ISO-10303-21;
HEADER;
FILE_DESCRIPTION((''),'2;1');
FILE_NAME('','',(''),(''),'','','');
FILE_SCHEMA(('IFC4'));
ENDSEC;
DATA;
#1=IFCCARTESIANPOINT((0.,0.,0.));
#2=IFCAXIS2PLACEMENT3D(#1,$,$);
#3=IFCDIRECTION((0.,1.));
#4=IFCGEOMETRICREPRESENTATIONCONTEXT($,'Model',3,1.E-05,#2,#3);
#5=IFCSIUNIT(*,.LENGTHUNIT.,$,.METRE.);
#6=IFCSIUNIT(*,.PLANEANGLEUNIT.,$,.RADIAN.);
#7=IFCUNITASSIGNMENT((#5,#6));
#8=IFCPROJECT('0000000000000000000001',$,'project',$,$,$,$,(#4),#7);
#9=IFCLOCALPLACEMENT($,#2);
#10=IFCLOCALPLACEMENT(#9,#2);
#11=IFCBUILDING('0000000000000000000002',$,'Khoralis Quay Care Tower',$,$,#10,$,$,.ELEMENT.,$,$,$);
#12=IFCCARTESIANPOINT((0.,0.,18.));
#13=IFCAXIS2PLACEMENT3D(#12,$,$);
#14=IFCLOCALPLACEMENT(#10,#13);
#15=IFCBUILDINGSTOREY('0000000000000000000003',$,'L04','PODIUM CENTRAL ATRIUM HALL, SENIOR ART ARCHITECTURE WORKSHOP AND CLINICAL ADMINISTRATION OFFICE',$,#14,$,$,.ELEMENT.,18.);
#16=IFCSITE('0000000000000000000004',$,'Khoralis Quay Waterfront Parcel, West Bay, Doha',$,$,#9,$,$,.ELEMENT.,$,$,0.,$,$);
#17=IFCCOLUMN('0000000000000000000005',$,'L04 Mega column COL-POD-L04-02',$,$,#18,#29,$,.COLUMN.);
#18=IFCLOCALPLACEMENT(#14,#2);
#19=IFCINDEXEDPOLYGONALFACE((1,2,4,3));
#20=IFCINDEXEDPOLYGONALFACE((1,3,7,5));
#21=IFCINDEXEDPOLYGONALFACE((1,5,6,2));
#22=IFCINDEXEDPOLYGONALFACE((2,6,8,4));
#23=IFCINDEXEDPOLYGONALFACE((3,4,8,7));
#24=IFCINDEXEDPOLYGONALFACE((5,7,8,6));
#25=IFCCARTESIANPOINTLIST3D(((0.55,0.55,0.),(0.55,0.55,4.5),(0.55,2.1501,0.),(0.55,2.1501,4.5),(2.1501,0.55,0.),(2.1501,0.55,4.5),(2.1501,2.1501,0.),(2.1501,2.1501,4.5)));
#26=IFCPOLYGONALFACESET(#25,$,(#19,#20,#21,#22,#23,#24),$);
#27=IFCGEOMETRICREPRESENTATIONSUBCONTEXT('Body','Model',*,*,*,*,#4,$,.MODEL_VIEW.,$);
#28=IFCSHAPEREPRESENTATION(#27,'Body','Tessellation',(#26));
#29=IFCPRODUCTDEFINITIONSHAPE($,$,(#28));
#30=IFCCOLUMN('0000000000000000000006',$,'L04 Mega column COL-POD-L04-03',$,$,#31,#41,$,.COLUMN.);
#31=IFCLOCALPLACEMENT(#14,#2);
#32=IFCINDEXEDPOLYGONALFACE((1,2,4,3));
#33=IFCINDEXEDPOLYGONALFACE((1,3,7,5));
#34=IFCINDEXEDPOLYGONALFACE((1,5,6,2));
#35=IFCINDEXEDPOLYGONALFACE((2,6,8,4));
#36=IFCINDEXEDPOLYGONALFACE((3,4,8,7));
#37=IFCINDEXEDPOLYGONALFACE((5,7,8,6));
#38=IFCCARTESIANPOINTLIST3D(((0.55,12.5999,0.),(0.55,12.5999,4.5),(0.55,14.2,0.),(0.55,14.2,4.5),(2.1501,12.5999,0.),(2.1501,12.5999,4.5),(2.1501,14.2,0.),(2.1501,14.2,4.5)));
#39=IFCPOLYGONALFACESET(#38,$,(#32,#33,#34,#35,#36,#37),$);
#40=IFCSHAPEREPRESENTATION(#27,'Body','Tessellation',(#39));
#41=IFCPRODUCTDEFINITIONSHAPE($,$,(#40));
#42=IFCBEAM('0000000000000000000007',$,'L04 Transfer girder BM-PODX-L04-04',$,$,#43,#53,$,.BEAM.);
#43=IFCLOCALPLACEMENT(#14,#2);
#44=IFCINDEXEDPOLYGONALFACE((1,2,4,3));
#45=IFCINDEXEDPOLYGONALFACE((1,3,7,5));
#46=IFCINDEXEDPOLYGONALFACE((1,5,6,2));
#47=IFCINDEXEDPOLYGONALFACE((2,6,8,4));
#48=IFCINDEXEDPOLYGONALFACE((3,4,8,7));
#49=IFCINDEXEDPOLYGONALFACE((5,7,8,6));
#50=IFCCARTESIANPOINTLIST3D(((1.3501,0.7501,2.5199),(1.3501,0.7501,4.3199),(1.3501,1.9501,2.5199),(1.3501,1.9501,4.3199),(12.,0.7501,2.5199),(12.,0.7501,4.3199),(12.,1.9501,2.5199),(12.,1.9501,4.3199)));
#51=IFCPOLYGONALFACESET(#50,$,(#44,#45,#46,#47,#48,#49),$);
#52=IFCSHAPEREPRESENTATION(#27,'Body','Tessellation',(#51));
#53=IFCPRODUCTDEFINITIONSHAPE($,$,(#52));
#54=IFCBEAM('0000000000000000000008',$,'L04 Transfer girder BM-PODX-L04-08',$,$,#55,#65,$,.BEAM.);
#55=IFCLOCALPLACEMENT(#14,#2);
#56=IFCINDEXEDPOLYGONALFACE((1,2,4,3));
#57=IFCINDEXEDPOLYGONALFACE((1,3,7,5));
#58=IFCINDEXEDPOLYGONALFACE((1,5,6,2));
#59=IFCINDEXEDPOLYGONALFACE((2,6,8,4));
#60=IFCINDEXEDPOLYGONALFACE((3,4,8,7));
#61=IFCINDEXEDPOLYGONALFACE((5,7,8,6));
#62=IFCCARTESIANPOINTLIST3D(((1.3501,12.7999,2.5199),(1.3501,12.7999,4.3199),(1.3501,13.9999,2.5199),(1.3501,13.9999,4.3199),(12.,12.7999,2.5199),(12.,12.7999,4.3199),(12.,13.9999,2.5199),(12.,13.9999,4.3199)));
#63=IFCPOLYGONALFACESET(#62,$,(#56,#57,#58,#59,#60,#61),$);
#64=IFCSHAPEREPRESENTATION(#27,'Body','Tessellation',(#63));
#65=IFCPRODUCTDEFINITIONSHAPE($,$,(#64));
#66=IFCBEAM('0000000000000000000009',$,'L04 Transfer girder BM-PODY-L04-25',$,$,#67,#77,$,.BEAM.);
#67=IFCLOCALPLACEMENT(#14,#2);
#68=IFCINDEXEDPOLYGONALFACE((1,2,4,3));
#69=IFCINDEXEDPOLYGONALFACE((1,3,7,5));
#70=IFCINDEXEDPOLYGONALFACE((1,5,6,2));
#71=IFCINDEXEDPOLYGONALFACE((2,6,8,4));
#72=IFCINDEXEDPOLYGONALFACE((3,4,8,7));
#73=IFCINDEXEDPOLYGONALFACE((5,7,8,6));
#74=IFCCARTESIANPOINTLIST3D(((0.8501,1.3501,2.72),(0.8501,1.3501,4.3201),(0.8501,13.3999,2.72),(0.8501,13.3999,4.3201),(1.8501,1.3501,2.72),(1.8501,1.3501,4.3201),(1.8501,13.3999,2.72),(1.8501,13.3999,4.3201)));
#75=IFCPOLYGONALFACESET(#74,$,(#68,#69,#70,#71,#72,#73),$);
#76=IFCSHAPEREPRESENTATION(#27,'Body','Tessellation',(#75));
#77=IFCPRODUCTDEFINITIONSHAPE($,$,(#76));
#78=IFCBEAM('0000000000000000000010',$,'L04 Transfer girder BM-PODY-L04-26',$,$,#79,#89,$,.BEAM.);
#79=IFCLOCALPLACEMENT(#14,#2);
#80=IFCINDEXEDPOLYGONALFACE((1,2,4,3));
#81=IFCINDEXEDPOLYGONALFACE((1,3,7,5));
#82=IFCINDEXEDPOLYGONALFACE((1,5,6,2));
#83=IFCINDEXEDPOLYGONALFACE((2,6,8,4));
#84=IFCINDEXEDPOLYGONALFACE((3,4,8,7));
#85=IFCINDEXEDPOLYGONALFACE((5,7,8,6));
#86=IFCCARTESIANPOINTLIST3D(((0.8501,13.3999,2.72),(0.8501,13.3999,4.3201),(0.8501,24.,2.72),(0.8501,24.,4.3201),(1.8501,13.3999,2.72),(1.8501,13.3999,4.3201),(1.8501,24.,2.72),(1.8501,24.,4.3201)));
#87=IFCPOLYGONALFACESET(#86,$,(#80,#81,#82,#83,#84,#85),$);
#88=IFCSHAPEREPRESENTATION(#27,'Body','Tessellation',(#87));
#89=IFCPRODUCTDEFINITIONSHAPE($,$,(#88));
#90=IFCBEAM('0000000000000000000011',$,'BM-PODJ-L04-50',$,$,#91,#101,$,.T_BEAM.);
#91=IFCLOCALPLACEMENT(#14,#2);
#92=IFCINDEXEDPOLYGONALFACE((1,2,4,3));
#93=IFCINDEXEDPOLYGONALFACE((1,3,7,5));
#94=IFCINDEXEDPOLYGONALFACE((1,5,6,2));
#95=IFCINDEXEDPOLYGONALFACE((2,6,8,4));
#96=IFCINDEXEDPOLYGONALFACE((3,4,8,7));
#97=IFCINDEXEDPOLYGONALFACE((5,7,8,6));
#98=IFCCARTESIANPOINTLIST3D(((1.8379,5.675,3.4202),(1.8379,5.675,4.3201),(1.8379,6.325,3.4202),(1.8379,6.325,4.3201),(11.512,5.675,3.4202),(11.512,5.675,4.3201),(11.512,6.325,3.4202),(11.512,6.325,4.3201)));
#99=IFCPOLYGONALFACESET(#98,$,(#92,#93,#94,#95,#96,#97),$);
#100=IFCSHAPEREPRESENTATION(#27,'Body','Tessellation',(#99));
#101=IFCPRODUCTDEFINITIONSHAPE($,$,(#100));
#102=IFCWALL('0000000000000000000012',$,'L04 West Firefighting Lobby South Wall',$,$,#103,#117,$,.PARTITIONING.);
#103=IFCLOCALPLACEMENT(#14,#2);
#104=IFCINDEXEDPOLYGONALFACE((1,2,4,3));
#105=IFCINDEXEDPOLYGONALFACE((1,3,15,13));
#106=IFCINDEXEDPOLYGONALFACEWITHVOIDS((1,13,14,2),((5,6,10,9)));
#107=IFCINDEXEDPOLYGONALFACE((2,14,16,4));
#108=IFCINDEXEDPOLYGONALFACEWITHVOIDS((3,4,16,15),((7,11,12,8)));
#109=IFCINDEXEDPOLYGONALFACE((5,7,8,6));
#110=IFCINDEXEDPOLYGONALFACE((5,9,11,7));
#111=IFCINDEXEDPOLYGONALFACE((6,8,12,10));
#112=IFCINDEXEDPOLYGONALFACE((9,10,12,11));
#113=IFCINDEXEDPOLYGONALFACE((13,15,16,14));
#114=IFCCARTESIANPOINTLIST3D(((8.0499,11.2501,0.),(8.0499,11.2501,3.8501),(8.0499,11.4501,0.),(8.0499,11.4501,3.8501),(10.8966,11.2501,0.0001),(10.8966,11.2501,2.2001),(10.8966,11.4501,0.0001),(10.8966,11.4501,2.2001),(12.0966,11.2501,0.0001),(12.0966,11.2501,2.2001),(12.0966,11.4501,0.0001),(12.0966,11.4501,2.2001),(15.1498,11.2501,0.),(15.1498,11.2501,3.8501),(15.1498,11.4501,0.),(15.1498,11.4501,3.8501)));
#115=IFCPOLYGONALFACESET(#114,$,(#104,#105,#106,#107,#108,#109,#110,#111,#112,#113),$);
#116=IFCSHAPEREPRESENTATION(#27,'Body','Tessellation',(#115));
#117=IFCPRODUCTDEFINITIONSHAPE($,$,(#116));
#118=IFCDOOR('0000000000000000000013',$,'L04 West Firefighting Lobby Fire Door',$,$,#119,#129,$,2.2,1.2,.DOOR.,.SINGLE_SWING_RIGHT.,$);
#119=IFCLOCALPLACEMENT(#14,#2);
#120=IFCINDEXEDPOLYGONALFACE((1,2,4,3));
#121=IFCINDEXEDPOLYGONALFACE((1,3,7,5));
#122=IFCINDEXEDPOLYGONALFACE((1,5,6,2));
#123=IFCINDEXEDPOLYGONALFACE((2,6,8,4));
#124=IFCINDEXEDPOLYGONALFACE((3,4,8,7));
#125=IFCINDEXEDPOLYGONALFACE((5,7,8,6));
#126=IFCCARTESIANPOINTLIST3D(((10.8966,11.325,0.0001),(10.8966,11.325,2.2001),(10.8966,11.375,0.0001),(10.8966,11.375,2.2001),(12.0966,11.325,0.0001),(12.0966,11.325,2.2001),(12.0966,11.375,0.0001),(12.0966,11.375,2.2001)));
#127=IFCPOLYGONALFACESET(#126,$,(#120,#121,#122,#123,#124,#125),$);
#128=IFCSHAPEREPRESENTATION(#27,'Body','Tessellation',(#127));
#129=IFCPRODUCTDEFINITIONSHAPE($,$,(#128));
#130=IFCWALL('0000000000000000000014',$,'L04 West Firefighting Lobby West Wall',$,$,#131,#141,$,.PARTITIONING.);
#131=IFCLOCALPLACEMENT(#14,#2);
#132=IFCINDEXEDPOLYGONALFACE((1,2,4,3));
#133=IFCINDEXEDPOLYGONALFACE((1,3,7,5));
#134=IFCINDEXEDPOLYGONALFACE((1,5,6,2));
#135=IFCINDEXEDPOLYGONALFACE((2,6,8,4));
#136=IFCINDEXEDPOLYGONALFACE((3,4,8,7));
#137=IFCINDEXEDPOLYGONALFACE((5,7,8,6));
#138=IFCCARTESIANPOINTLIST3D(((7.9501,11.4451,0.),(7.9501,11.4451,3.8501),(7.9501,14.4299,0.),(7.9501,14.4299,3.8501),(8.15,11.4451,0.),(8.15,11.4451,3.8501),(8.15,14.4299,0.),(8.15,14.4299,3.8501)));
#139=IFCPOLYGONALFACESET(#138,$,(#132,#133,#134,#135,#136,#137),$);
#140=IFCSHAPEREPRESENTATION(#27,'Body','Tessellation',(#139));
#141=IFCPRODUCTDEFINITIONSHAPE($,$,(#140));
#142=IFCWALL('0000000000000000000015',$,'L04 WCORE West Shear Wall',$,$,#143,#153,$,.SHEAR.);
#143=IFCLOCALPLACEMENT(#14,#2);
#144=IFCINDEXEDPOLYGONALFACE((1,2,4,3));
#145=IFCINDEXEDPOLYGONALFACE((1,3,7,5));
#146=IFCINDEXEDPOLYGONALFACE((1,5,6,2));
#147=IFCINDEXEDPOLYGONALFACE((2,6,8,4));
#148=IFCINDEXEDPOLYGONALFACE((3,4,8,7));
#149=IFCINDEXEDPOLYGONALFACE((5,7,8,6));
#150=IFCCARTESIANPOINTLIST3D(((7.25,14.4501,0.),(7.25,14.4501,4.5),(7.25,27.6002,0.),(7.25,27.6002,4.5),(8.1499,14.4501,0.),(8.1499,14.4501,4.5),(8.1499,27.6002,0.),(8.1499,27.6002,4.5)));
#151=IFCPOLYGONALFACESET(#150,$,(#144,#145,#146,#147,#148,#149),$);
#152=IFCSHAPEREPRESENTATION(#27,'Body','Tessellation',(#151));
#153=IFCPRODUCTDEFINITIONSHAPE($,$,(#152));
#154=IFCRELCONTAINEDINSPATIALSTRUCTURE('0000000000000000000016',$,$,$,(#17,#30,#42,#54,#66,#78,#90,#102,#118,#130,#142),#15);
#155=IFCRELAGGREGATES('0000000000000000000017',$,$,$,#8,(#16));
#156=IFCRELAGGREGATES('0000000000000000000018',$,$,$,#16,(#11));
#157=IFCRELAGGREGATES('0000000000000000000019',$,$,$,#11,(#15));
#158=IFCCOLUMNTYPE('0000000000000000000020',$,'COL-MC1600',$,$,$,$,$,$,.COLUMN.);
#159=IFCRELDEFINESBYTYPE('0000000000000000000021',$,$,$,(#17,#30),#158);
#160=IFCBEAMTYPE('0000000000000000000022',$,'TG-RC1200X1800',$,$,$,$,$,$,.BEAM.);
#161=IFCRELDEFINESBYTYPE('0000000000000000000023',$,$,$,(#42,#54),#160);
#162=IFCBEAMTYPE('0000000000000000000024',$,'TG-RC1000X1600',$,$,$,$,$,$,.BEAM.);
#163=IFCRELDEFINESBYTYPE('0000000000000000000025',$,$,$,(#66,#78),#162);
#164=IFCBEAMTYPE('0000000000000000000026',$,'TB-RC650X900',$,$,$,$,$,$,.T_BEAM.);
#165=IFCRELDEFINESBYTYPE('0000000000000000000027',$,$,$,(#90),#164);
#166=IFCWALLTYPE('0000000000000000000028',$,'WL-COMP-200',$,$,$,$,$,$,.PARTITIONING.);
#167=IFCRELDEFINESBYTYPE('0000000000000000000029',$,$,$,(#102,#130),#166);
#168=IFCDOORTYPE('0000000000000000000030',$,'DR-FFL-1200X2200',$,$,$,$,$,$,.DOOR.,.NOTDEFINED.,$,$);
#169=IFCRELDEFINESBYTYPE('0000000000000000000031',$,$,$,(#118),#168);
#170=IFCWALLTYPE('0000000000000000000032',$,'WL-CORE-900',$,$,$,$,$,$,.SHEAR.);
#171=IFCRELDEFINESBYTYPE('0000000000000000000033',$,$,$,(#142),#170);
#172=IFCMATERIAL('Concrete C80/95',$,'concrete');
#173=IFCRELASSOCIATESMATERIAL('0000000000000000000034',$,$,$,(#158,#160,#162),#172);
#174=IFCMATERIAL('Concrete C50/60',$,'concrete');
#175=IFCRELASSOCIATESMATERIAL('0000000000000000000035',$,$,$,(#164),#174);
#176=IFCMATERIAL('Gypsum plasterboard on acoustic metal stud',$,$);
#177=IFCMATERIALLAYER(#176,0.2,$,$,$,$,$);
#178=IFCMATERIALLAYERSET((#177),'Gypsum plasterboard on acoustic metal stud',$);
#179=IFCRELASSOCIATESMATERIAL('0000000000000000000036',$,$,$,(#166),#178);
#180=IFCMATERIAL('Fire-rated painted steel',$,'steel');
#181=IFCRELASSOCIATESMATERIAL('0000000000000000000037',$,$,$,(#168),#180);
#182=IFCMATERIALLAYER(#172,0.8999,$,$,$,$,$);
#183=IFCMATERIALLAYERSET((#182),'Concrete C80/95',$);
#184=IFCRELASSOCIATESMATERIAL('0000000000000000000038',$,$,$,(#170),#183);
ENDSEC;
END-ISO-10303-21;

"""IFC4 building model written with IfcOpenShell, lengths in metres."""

from ifc_helpers import new_model, si_unit, direction, frame, frame_2d, origin, origin_2d, place, context, subcontext, project, spatial, rectangle, extrude, source, transform, mapped, material, layer, layer_set, material_profile, profile_set, type_object, element, fill, save


model = new_model("IFC4")

# Units and contexts
model_context = context("Model", 3, precision=1e-05, world=origin(), true_north=direction((0.0, 1.0)))
body_context = subcontext(model_context, "Body", "Model", "MODEL_VIEW")
ifc_project = project(units=[si_unit("LENGTHUNIT", "METRE"), si_unit("PLANEANGLEUNIT", "RADIAN")], contexts=[model_context])

# Site, building, storey
site_placement = place(None, origin())
site = spatial("IfcSite", under=ifc_project, at=site_placement, Name="Khoralis Quay Waterfront Parcel, West Bay, Doha", CompositionType="ELEMENT", RefElevation=0.0)
building_placement = place(site_placement, origin())
building = spatial("IfcBuilding", under=site, at=building_placement, Name="Khoralis Quay Care Tower", CompositionType="ELEMENT")
storey_placement = place(building_placement, frame((0.0, 0.0, 18.0)))
storey = spatial("IfcBuildingStorey", under=building, at=storey_placement, Name="L04", Description="PODIUM CENTRAL ATRIUM HALL, SENIOR ART ARCHITECTURE WORKSHOP AND CLINICAL ADMINISTRATION OFFICE", CompositionType="ELEMENT", Elevation=18.0)

# Columns
ifc_material_1 = material(Name="Concrete C80/95", Category="concrete")
ifc_material_profile_1 = material_profile(ifc_material_1, rectangle(XDim=1.6001, YDim=1.6001, at=origin_2d()), Name="Concrete C80/95")
ifc_profile_set_1 = profile_set([ifc_material_profile_1], Name="Concrete C80/95")
column_type = type_object("IfcColumnType", Name="COL-MC1600", PredefinedType="COLUMN", material=ifc_profile_set_1)
shared_shape_1 = source(origin(), body_context, "Body", "SweptSolid", [
    extrude(rectangle(XDim=1.6001, YDim=1.6001, at=origin_2d()), origin(), (0.0, 0.0, 1.0), 4.5),
])
for number, where, z_axis, x_axis, name in (
    (1, (1.3501, 1.3501, 0.0), (0.0, 0.0, 1.0), (1.0, 0.0, 0.0), "L04 Mega column COL-POD-L04-02"),
    (2, (1.3501, 13.3999, 0.0), (0.0, 0.0, 1.0), (1.0, 0.0, 0.0), "L04 Mega column COL-POD-L04-03"),
):
    element("IfcColumn", number, at=place(storey_placement, frame(where, z_axis=z_axis, x_axis=x_axis)), inside=storey, type_object=column_type, Name=name, PredefinedType="COLUMN", context=body_context, shape_type="MappedRepresentation", body=[
        mapped(shared_shape_1, transform((0.0, 0.0, 0.0), scale=1.0)),
    ])

# Beams
ifc_material_profile_2 = material_profile(ifc_material_1, rectangle(XDim=1.2, YDim=1.8, at=origin_2d()), Name="Concrete C80/95")
ifc_profile_set_2 = profile_set([ifc_material_profile_2], Name="Concrete C80/95")
beam_type_1 = type_object("IfcBeamType", Name="TG-RC1200X1800", PredefinedType="BEAM", material=ifc_profile_set_2)
shared_shape_2 = source(origin(), body_context, "Body", "SweptSolid", [
    extrude(rectangle(XDim=1.2, YDim=1.8, at=origin_2d()), origin(), (0.0, 0.0, 1.0), 10.6499),
])
for number, where, z_axis, x_axis, name in (
    (3, (1.3501, 1.3501, 3.4199), (1.0, 0.0, 0.0), (0.0, 1.0, 0.0), "L04 Transfer girder BM-PODX-L04-04"),
    (4, (1.3501, 13.3999, 3.4199), (1.0, 0.0, 0.0), (0.0, 1.0, 0.0), "L04 Transfer girder BM-PODX-L04-08"),
):
    element("IfcBeam", number, at=place(storey_placement, frame(where, z_axis=z_axis, x_axis=x_axis)), inside=storey, type_object=beam_type_1, Name=name, PredefinedType="BEAM", context=body_context, shape_type="MappedRepresentation", body=[
        mapped(shared_shape_2, transform((0.0, 0.0, 0.0), scale=1.0)),
    ])
ifc_material_profile_3 = material_profile(ifc_material_1, rectangle(XDim=1.0, YDim=1.6001, at=origin_2d()), Name="Concrete C80/95")
ifc_profile_set_3 = profile_set([ifc_material_profile_3], Name="Concrete C80/95")
beam_type_2 = type_object("IfcBeamType", Name="TG-RC1000X1600", PredefinedType="BEAM", material=ifc_profile_set_3)
shared_shape_3 = source(origin(), body_context, "Body", "SweptSolid", [
    extrude(rectangle(XDim=1.0, YDim=1.6001, at=origin_2d()), origin(), (0.0, 0.0, 1.0), 12.0498),
])
beam_1_placement = place(storey_placement, frame((1.3501, 1.3501, 3.52), z_axis=(0.0, 1.0, 0.0), x_axis=(-1.0, 0.0, 0.0)))
element("IfcBeam", 5, at=beam_1_placement, inside=storey, type_object=beam_type_2, Name="L04 Transfer girder BM-PODY-L04-25", PredefinedType="BEAM", context=body_context, shape_type="MappedRepresentation", body=[
    mapped(shared_shape_3, transform((0.0, 0.0, 0.0), scale=1.0)),
])
shared_shape_4 = source(origin(), body_context, "Body", "SweptSolid", [
    extrude(rectangle(XDim=1.0, YDim=1.6001, at=origin_2d()), origin(), (0.0, 0.0, 1.0), 10.6001),
])
beam_2_placement = place(storey_placement, frame((1.3501, 13.3999, 3.52), z_axis=(0.0, 1.0, 0.0), x_axis=(-1.0, 0.0, 0.0)))
element("IfcBeam", 6, at=beam_2_placement, inside=storey, type_object=beam_type_2, Name="L04 Transfer girder BM-PODY-L04-26", PredefinedType="BEAM", context=body_context, shape_type="MappedRepresentation", body=[
    mapped(shared_shape_4, transform((0.0, 0.0, 0.0), scale=1.0)),
])
ifc_material_2 = material(Name="Concrete C50/60", Category="concrete")
ifc_material_profile_4 = material_profile(ifc_material_2, rectangle(XDim=0.6499, YDim=0.8999, at=origin_2d()), Name="Concrete C50/60")
ifc_profile_set_4 = profile_set([ifc_material_profile_4], Name="Concrete C50/60")
beam_type_3 = type_object("IfcBeamType", Name="TB-RC650X900", PredefinedType="T_BEAM", material=ifc_profile_set_4)
shared_shape_5 = source(origin(), body_context, "Body", "SweptSolid", [
    extrude(rectangle(XDim=0.6499, YDim=0.8999, at=origin_2d()), origin(), (0.0, 0.0, 1.0), 9.6741),
])
beam_3_placement = place(storey_placement, frame((1.8379, 6.0, 3.8701), z_axis=(1.0, 0.0, 0.0), x_axis=(0.0, 1.0, 0.0)))
element("IfcBeam", 7, at=beam_3_placement, inside=storey, type_object=beam_type_3, Name="BM-PODJ-L04-50", PredefinedType="T_BEAM", context=body_context, shape_type="MappedRepresentation", body=[
    mapped(shared_shape_5, transform((0.0, 0.0, 0.0), scale=1.0)),
])

# Wall, opening, door
ifc_material_3 = material(Name="Gypsum plasterboard on acoustic metal stud")
ifc_layer_1 = layer(ifc_material_3, 0.2)
ifc_layer_set_1 = layer_set([ifc_layer_1], Name="Gypsum plasterboard on acoustic metal stud")
wall_type_1 = type_object("IfcWallType", Name="WL-COMP-200", PredefinedType="PARTITIONING", material=ifc_layer_set_1)
wall_1_placement = place(storey_placement, frame((8.05, 11.3501, 0.0), z_axis=(0.0, 0.0, 1.0), x_axis=(1.0, 0.0, 0.0)))
wall_1 = element("IfcWall", 8, at=wall_1_placement, inside=storey, type_object=wall_type_1, Name="L04 West Firefighting Lobby South Wall", PredefinedType="PARTITIONING", context=body_context, shape_type="SweptSolid", body=[
    extrude(rectangle(XDim=7.0999, YDim=0.2, at=frame_2d((3.5498, 0.0))), origin(), (0.0, 0.0, 1.0), 3.8501),
])
opening_1_placement = place(wall_1_placement, frame((2.8464, 0.0, 0.0)))
opening_1 = element("IfcOpeningElement", 9, at=opening_1_placement, cuts=wall_1, PredefinedType="OPENING", context=body_context, shape_type="SweptSolid", body=[
    extrude(rectangle(XDim=1.2, YDim=2.2, at=frame_2d((0.6001, 1.1001))), frame((0.0, 0.1099, 0.0), z_axis=(0.0, -1.0, 0.0), x_axis=(1.0, 0.0, 0.0)), (0.0, 0.0, 1.0), 0.22),
])
ifc_material_4 = material(Name="Fire-rated painted steel", Category="steel")
door_type_1 = type_object("IfcDoorType", Name="DR-FFL-1200X2200", OperationType="NOTDEFINED", PredefinedType="DOOR", material=ifc_material_4)
shared_shape_6 = source(origin(), body_context, "Body", "SweptSolid", [
    extrude(rectangle(XDim=1.2, YDim=2.2, at=frame_2d((0.6001, 1.1001))), frame((0.0, 0.0249, 0.0), z_axis=(0.0, -1.0, 0.0), x_axis=(1.0, 0.0, 0.0)), (0.0, 0.0, 1.0), 0.05),
])
door_1_placement = place(opening_1_placement, origin())
door_1 = element("IfcDoor", 10, at=door_1_placement, inside=storey, type_object=door_type_1, Name="L04 West Firefighting Lobby Fire Door", OperationType="SINGLE_SWING_RIGHT", OverallHeight=2.2, OverallWidth=1.2, PredefinedType="DOOR", context=body_context, shape_type="MappedRepresentation", body=[
    mapped(shared_shape_6, transform((0.0, 0.0, 0.0), scale=1.0)),
])
fill(opening_1, door_1)

# Walls
wall_2_placement = place(storey_placement, frame((8.05, 11.4451, 0.0), z_axis=(0.0, 0.0, 1.0), x_axis=(0.0, 1.0, 0.0)))
element("IfcWall", 11, at=wall_2_placement, inside=storey, type_object=wall_type_1, Name="L04 West Firefighting Lobby West Wall", PredefinedType="PARTITIONING", context=body_context, shape_type="SweptSolid", body=[
    extrude(rectangle(XDim=2.9849, YDim=0.2, at=frame_2d((1.4924, 0.0))), origin(), (0.0, 0.0, 1.0), 3.8501),
])
ifc_layer_2 = layer(ifc_material_1, 0.8999)
ifc_layer_set_2 = layer_set([ifc_layer_2], Name="Concrete C80/95")
wall_type_2 = type_object("IfcWallType", Name="WL-CORE-900", PredefinedType="SHEAR", material=ifc_layer_set_2)
wall_3_placement = place(storey_placement, frame((7.7, 14.45, 0.0), z_axis=(0.0, 0.0, 1.0), x_axis=(0.0, 1.0, 0.0)))
element("IfcWall", 12, at=wall_3_placement, inside=storey, type_object=wall_type_2, Name="L04 WCORE West Shear Wall", PredefinedType="SHEAR", context=body_context, shape_type="SweptSolid", body=[
    extrude(rectangle(XDim=13.1501, YDim=0.8999, at=frame_2d((6.5752, 0.0))), origin(), (0.0, 0.0, 1.0), 4.5),
])

save(model, "model.ifc")
